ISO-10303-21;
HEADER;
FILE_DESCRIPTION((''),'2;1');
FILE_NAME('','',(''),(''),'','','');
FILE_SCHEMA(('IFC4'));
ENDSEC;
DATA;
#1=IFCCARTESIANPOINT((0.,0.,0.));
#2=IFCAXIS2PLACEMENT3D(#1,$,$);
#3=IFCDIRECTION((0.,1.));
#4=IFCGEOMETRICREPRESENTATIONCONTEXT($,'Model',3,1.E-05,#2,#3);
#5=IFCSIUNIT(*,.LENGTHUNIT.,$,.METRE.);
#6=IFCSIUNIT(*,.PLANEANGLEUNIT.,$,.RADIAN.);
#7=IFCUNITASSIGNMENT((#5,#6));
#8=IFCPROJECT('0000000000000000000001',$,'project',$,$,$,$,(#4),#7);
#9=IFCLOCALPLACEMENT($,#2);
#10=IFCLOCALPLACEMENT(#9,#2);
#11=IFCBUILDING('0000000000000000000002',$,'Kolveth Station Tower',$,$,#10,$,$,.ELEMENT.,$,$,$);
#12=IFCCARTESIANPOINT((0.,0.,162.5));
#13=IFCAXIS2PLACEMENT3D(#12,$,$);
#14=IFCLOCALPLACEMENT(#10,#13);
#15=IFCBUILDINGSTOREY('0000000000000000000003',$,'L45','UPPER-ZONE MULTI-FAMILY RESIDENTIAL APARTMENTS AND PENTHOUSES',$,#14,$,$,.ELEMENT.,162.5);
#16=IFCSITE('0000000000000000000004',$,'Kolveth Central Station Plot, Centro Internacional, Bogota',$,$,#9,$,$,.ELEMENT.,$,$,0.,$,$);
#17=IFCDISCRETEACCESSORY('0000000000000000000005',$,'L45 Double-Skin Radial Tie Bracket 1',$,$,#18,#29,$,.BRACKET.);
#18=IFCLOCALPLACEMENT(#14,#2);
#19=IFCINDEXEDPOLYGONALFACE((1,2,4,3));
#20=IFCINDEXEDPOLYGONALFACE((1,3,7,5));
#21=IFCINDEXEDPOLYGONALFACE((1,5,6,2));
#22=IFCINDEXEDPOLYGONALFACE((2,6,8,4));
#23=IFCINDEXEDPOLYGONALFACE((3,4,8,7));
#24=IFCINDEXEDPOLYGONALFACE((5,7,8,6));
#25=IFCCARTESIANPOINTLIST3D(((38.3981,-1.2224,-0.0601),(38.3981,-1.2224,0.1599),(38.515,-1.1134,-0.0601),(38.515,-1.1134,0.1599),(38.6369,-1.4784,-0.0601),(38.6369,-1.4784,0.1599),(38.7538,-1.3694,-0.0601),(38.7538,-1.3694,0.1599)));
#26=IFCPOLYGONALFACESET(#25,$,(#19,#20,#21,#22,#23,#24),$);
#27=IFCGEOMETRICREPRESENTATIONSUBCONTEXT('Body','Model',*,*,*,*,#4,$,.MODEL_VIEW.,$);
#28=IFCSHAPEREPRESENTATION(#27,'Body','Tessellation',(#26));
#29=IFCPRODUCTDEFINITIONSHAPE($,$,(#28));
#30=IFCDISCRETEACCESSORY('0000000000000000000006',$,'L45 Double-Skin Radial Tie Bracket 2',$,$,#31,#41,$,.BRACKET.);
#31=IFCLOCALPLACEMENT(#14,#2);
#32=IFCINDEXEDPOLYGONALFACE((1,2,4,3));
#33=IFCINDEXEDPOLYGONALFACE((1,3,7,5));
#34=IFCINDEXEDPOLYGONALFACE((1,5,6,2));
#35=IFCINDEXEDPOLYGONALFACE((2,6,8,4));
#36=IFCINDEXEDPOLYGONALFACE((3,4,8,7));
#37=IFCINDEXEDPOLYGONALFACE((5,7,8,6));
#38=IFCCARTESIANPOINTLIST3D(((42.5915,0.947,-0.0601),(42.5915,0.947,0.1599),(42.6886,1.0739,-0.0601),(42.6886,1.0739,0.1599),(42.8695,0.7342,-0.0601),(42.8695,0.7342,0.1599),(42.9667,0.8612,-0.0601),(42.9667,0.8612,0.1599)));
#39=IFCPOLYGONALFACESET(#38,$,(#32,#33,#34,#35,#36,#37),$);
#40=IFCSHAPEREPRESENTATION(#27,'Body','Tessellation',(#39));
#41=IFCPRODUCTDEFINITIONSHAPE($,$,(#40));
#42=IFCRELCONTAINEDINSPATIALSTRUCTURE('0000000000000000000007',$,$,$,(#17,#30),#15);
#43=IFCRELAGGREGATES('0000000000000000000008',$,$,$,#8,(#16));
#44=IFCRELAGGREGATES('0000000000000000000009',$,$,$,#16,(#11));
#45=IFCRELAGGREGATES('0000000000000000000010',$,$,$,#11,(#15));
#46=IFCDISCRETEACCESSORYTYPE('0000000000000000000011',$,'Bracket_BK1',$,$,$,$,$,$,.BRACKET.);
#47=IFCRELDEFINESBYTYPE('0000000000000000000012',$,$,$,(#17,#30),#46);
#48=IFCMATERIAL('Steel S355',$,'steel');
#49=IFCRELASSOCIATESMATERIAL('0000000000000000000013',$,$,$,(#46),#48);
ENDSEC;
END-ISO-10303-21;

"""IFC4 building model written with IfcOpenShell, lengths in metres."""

from ifc_helpers import new_model, si_unit, direction, frame, origin, origin_2d, place, context, subcontext, project, spatial, rectangle, extrude, source, transform, mapped, material, type_object, element, save


model = new_model("IFC4")

# Units and contexts
model_context = context("Model", 3, precision=1e-05, world=origin(), true_north=direction((0.0, 1.0)))
body_context = subcontext(model_context, "Body", "Model", "MODEL_VIEW")
ifc_project = project(units=[si_unit("LENGTHUNIT", "METRE"), si_unit("PLANEANGLEUNIT", "RADIAN")], contexts=[model_context])

# Site, building, storey
site_placement = place(None, origin())
site = spatial("IfcSite", under=ifc_project, at=site_placement, Name="Kolveth Central Station Plot, Centro Internacional, Bogota", CompositionType="ELEMENT", RefElevation=0.0)
building_placement = place(site_placement, origin())
building = spatial("IfcBuilding", under=site, at=building_placement, Name="Kolveth Station Tower", CompositionType="ELEMENT")
storey_placement = place(building_placement, frame((0.0, 0.0, 162.5)))
storey = spatial("IfcBuildingStorey", under=building, at=storey_placement, Name="L45", Description="UPPER-ZONE MULTI-FAMILY RESIDENTIAL APARTMENTS AND PENTHOUSES", CompositionType="ELEMENT", Elevation=162.5)

# Discrete accessories
ifc_material_1 = material(Name="Steel S355", Category="steel")
discrete_accessory_type = type_object("IfcDiscreteAccessoryType", Name="Bracket_BK1", PredefinedType="BRACKET", material=ifc_material_1)
shared_shape_1 = source(origin(), body_context, "Body", "SweptSolid", [
    extrude(rectangle(XDim=0.3501, YDim=0.1599, at=origin_2d()), origin(), (0.0, 0.0, 1.0), 0.22),
])
for number, where, z_axis, x_axis, name in (
    (1, (38.5759, -1.2959, -0.0601), (0.0, 0.0, 1.0), (0.682126, -0.731235, 0.0), "L45 Double-Skin Radial Tie Bracket 1"),
    (2, (42.7791, 0.9041, -0.0601), (0.0, 0.0, 1.0), (0.794096, -0.607792, 0.0), "L45 Double-Skin Radial Tie Bracket 2"),
):
    element("IfcDiscreteAccessory", number, at=place(storey_placement, frame(where, z_axis=z_axis, x_axis=x_axis)), inside=storey, type_object=discrete_accessory_type, Name=name, PredefinedType="BRACKET", context=body_context, shape_type="MappedRepresentation", body=[
        mapped(shared_shape_1, transform((0.0, 0.0, 0.0), x_axis=(1.0, 0.0, 0.0), y_axis=(0.0, 1.0, 0.0), z_axis=(0.0, 0.0, 1.0), scale=1.0)),
    ])

save(model, "model.ifc")
